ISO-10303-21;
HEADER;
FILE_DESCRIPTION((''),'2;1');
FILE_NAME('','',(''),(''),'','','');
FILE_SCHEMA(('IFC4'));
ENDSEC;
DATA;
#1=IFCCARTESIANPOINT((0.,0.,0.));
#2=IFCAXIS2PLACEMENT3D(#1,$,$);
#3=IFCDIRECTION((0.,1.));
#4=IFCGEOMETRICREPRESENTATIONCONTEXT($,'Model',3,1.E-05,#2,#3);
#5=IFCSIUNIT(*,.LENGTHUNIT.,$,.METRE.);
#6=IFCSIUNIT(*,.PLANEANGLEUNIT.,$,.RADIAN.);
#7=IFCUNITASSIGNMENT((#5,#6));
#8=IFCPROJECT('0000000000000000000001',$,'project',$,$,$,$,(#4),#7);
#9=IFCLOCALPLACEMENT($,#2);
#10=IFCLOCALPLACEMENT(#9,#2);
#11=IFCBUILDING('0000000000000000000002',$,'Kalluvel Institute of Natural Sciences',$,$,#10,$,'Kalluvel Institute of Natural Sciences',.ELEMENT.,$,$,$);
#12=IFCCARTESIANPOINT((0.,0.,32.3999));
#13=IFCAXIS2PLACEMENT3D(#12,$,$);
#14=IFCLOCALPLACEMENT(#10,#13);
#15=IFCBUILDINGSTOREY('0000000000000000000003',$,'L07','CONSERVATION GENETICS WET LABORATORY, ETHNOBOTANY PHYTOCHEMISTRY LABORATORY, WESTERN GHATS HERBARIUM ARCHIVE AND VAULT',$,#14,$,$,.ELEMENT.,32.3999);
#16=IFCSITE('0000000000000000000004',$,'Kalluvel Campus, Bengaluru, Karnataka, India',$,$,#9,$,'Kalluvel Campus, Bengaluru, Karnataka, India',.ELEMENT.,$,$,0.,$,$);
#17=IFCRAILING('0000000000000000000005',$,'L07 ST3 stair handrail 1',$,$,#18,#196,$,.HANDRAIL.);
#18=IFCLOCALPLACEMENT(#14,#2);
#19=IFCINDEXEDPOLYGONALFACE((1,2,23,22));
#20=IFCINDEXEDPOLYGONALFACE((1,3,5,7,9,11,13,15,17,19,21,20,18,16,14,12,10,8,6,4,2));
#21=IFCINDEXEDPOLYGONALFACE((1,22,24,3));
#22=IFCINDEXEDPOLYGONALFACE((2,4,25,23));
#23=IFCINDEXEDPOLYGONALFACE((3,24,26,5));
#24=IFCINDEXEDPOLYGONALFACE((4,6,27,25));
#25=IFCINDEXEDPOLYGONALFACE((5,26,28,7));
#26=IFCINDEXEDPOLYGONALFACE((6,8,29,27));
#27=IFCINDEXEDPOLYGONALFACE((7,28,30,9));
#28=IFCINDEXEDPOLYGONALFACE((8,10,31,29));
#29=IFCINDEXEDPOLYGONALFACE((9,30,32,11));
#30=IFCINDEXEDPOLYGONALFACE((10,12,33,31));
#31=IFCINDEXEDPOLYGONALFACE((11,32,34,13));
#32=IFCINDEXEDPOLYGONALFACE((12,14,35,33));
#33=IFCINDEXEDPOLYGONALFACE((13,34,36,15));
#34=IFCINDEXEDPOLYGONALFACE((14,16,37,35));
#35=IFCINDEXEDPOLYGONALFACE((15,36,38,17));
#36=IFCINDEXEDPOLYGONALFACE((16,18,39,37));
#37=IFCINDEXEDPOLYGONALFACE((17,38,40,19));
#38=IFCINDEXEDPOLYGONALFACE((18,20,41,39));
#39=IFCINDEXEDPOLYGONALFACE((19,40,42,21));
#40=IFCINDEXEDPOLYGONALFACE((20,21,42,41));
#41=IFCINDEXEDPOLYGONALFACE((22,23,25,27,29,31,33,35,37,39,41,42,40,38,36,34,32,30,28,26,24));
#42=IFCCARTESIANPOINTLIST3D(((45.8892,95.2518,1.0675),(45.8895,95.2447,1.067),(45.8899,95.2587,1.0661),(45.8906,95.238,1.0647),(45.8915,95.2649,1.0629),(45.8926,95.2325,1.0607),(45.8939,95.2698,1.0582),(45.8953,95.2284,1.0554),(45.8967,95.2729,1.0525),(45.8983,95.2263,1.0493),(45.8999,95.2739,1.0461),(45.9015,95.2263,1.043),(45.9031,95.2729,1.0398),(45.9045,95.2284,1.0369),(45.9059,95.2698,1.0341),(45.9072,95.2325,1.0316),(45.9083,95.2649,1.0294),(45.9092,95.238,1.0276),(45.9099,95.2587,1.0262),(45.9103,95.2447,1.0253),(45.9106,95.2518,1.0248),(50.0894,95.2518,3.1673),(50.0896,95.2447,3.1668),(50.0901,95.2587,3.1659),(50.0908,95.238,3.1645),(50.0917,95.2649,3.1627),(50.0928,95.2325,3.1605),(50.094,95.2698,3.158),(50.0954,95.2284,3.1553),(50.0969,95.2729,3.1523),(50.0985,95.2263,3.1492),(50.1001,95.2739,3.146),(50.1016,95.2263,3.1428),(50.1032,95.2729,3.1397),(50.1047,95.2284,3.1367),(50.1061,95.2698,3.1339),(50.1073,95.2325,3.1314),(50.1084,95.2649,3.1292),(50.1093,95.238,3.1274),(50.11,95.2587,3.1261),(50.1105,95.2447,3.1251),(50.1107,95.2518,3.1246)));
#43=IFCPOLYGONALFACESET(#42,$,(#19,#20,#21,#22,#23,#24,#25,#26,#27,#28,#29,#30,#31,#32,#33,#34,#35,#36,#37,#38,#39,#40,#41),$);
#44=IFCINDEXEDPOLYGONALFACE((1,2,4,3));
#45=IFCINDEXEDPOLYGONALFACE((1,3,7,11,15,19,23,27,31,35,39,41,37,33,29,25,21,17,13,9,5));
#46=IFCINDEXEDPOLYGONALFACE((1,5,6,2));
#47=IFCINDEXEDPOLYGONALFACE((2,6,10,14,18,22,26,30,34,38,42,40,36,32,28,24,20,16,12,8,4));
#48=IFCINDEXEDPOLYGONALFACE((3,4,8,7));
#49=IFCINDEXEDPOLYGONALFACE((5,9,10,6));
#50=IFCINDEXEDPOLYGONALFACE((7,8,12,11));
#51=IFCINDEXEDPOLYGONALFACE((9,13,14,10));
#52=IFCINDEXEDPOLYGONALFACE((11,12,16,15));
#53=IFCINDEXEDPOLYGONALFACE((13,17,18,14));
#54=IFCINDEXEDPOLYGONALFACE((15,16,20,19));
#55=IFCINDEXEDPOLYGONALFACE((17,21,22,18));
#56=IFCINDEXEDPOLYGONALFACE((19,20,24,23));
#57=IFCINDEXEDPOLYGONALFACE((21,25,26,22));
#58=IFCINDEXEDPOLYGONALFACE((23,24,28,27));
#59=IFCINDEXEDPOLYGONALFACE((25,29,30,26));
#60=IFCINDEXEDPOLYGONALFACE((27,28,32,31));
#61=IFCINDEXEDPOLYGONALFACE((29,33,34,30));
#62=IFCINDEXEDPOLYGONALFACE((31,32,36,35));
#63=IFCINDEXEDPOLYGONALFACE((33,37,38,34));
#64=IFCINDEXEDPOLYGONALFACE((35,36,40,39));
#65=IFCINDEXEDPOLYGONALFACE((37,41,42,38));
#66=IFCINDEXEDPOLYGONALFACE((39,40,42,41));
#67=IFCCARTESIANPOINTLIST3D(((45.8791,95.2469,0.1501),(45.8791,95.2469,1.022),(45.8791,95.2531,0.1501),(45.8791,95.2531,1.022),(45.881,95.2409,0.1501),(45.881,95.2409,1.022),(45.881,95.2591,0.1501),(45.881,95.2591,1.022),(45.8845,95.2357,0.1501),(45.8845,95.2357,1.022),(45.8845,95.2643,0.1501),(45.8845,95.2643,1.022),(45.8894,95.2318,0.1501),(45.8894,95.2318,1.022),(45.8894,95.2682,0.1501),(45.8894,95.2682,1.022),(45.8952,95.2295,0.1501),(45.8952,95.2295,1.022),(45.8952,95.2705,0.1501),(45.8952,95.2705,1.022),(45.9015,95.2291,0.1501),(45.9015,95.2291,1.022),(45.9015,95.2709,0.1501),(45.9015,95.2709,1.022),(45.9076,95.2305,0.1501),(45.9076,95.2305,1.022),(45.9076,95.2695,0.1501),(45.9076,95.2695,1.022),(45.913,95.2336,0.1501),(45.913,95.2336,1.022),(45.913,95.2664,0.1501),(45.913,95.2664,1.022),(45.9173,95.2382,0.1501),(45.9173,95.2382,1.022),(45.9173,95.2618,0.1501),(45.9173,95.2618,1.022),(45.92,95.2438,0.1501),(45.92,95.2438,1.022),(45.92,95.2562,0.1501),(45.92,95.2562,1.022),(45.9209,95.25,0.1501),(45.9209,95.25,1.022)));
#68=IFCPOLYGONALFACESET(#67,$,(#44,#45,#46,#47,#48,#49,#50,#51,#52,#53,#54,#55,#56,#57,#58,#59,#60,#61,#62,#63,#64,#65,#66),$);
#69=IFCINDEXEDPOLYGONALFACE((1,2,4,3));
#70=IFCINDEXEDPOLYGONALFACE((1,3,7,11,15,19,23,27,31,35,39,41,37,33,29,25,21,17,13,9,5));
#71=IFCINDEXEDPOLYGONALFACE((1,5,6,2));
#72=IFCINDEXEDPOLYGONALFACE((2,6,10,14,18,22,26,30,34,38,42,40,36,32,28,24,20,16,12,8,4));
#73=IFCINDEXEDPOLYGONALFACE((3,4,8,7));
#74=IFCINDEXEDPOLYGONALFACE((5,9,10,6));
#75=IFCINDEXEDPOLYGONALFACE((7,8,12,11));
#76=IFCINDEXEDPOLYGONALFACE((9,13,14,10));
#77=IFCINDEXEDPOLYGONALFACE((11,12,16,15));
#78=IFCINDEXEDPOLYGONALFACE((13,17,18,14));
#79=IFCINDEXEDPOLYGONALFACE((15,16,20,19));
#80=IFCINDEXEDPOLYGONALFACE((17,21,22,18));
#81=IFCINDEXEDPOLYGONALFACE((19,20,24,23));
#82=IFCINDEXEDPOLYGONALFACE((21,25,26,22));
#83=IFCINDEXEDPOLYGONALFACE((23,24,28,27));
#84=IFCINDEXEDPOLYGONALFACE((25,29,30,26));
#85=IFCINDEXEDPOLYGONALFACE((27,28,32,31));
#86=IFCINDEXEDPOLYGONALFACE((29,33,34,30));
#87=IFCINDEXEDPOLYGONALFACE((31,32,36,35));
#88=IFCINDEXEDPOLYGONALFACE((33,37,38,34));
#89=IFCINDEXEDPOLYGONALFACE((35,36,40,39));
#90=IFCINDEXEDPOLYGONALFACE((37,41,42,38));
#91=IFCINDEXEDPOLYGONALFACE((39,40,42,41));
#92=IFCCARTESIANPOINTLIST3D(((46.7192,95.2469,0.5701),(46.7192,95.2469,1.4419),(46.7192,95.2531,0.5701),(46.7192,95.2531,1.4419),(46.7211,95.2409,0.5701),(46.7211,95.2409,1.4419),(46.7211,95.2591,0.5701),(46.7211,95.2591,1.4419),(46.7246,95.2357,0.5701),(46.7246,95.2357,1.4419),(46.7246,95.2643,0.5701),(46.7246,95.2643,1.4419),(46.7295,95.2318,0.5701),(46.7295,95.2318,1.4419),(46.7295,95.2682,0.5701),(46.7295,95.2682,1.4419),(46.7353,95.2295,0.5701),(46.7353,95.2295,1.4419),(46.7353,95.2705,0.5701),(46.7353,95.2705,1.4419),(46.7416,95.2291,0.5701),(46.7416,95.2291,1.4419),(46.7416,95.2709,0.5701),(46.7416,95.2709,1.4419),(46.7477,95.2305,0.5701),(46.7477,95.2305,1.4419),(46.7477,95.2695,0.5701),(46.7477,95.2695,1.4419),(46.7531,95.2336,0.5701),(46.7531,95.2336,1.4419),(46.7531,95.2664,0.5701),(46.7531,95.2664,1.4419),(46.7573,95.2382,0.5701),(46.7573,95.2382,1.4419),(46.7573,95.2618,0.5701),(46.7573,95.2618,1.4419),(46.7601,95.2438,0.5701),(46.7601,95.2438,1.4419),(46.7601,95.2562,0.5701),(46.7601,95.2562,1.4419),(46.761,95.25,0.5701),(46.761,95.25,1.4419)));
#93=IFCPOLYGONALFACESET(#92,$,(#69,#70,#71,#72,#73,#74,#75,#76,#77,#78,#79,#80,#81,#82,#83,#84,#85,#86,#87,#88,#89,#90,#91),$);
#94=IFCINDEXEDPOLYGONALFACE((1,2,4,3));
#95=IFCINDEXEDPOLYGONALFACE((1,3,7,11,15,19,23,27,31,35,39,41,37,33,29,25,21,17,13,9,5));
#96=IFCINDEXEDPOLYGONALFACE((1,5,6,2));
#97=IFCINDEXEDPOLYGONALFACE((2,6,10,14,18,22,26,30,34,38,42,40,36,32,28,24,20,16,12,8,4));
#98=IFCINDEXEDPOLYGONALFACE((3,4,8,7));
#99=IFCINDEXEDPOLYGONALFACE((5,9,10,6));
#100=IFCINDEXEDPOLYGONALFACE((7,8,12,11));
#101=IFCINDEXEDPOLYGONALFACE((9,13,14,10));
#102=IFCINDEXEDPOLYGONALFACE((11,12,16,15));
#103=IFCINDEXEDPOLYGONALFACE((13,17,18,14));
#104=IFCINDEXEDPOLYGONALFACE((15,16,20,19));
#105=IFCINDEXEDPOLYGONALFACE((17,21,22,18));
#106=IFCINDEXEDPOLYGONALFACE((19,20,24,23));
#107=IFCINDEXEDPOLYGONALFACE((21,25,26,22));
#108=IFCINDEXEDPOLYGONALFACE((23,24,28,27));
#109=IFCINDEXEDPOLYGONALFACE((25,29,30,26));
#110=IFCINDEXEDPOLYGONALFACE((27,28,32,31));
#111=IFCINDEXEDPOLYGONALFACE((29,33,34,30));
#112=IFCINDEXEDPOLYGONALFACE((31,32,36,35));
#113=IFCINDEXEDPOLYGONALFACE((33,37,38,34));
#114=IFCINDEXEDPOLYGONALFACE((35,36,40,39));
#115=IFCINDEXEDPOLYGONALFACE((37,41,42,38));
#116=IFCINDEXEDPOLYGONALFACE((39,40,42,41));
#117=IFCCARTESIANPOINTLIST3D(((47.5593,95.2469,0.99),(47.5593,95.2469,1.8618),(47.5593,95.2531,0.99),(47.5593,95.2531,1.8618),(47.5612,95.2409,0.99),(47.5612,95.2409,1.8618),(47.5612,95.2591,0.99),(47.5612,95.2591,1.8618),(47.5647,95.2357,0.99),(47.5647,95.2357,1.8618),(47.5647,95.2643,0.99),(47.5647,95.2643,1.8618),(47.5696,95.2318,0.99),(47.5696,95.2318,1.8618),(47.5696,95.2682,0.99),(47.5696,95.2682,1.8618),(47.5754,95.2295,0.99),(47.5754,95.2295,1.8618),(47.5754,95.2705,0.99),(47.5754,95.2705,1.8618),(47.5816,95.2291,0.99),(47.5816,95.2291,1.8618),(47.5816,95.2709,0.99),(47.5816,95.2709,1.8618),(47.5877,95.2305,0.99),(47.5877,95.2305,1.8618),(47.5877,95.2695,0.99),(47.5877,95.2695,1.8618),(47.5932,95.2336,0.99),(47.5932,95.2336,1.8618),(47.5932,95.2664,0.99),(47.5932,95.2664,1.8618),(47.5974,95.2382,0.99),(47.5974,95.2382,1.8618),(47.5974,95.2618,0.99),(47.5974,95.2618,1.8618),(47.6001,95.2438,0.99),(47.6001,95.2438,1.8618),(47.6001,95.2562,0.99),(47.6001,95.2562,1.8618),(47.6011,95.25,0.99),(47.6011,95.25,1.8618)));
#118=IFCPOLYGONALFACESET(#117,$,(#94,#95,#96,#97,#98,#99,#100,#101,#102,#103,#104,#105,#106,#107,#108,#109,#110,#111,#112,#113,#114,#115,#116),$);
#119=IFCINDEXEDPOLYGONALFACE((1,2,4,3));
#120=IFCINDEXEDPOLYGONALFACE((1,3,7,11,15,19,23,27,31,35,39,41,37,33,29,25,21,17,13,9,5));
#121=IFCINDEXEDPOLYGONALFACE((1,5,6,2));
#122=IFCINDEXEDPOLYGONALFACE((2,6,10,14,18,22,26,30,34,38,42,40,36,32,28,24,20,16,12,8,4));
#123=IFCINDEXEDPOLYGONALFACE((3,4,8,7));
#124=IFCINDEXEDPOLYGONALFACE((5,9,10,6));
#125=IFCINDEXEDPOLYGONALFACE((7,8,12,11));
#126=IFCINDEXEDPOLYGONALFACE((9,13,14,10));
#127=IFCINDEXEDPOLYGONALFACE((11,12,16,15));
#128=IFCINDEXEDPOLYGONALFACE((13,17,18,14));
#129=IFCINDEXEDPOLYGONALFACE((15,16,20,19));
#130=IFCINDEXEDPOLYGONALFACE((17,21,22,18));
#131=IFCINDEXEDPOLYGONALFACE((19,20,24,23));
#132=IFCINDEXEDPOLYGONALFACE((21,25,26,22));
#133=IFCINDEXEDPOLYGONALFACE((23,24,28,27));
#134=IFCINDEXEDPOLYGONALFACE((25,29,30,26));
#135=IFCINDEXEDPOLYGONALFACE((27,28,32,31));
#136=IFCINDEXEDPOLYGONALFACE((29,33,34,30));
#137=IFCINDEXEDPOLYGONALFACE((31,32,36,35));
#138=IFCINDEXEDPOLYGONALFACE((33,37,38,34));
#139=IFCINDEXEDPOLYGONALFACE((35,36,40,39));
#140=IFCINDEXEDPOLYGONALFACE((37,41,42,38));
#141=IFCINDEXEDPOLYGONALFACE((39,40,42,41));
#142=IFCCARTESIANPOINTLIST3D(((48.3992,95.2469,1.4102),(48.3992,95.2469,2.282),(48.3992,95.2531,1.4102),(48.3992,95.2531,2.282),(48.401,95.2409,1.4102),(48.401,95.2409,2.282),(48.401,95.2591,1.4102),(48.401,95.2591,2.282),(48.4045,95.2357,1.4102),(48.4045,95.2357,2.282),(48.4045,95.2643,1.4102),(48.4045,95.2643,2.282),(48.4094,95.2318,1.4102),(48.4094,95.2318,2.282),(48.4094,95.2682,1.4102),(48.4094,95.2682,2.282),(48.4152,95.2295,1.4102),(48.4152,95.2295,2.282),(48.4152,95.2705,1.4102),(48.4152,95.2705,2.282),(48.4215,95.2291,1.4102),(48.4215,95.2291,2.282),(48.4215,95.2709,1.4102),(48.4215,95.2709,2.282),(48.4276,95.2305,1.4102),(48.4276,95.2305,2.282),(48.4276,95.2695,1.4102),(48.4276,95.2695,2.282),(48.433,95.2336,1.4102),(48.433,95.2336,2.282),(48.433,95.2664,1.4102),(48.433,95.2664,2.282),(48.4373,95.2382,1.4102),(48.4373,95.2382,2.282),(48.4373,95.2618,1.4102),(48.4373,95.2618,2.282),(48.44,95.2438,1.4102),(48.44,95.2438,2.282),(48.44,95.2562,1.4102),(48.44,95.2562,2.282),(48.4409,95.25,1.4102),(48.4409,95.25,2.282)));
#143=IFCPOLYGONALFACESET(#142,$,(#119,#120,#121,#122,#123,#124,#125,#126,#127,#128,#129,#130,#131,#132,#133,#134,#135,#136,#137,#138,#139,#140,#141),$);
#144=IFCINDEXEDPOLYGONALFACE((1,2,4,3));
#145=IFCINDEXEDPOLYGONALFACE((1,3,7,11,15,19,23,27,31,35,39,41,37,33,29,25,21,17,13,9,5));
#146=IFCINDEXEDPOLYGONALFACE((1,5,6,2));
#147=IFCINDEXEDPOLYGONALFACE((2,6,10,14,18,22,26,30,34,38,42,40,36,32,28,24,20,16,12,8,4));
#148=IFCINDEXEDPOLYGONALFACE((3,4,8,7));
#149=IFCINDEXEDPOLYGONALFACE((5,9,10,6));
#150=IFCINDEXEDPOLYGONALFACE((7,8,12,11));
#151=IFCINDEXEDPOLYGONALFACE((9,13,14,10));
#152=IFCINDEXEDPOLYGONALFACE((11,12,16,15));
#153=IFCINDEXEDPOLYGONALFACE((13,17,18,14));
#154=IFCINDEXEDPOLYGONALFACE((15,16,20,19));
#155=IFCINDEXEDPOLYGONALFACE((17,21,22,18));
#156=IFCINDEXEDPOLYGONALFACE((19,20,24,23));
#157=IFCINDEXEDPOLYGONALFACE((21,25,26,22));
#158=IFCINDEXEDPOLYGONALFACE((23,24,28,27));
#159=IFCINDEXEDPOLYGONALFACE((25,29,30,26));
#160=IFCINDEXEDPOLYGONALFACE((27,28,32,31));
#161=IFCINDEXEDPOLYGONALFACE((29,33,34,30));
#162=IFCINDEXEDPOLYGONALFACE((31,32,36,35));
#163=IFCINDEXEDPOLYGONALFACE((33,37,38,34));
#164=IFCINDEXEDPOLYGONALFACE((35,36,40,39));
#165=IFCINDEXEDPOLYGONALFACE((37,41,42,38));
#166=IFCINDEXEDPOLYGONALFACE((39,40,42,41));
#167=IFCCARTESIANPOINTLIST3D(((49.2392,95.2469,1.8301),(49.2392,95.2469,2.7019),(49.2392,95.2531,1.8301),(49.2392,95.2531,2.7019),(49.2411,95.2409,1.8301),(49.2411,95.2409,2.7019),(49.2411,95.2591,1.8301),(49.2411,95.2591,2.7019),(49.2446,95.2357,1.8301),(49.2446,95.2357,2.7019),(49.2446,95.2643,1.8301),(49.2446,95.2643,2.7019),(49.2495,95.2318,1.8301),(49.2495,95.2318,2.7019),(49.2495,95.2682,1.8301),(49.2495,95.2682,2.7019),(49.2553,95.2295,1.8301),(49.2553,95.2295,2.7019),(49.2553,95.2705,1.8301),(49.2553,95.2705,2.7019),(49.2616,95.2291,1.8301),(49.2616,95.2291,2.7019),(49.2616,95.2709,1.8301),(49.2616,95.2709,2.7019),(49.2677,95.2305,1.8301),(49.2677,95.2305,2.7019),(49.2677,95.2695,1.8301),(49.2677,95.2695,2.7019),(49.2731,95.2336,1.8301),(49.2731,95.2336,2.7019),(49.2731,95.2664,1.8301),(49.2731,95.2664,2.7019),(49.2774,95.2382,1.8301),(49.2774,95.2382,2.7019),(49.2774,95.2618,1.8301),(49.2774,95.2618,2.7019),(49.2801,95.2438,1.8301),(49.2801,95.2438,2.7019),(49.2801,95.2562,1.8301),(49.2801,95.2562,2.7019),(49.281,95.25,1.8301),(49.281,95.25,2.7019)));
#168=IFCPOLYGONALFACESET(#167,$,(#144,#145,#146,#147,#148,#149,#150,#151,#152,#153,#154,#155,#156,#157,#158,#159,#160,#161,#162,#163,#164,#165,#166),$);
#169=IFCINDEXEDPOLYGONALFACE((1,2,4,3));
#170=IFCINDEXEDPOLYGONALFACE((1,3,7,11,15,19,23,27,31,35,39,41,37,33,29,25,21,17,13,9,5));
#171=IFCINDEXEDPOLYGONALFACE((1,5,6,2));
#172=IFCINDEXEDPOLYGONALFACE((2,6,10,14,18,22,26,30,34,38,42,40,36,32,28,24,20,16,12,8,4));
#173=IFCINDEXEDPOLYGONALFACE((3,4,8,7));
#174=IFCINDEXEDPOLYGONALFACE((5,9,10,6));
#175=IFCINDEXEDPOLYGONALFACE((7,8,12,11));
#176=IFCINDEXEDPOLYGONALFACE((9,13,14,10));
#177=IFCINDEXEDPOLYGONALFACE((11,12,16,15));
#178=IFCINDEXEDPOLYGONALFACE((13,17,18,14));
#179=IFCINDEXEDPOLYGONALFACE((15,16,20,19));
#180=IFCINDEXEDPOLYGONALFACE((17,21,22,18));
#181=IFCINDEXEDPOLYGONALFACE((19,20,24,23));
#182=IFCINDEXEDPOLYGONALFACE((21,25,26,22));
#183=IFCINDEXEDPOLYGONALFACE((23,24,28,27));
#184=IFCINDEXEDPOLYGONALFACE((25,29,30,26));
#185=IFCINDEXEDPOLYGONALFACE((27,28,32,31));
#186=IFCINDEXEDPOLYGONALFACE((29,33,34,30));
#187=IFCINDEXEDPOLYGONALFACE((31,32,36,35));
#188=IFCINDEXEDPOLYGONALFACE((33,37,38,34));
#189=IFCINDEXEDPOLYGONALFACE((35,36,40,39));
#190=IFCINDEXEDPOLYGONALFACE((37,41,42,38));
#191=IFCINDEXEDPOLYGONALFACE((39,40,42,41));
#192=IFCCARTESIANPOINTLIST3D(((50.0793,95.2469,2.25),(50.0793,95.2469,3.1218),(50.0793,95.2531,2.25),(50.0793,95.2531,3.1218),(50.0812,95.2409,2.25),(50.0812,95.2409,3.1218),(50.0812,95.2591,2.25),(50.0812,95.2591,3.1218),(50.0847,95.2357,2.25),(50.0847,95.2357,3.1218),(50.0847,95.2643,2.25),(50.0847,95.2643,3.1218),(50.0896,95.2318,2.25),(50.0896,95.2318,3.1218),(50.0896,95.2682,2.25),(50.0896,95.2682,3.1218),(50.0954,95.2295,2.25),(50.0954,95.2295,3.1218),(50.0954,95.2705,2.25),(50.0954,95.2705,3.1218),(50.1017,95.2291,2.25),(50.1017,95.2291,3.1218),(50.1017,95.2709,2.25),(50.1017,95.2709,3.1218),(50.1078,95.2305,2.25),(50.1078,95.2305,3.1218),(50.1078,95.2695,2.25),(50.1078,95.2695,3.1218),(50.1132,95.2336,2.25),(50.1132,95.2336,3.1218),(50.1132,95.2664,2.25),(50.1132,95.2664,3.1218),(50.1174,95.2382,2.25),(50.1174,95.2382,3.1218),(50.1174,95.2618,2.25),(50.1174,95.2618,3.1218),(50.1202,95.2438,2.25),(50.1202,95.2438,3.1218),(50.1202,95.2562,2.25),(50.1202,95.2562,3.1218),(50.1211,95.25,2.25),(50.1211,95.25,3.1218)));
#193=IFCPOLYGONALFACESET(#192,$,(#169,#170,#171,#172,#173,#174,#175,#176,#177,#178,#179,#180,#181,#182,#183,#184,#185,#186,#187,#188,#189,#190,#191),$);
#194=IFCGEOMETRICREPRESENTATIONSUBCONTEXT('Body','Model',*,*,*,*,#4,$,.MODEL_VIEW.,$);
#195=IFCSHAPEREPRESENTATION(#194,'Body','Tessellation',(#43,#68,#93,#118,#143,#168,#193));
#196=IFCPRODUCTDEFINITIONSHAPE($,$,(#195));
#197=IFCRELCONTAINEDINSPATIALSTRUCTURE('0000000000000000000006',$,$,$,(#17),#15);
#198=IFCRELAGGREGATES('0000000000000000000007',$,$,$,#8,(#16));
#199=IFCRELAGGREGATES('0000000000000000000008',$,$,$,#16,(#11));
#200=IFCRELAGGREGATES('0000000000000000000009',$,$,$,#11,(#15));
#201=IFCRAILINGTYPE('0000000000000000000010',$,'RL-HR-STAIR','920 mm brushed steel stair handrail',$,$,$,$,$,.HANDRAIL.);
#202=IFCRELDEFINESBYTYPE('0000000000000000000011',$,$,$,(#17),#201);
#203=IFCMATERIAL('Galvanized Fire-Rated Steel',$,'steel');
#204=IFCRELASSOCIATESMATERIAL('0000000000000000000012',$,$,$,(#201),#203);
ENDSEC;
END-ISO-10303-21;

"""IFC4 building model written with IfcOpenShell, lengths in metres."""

from ifc_helpers import new_model, si_unit, direction, frame, origin, origin_2d, place, context, subcontext, project, spatial, circle, extrude, material, type_object, element, save


model = new_model("IFC4")

# Units and contexts
model_context = context("Model", 3, precision=1e-05, world=origin(), true_north=direction((0.0, 1.0)))
body_context = subcontext(model_context, "Body", "Model", "MODEL_VIEW")
ifc_project = project(units=[si_unit("LENGTHUNIT", "METRE"), si_unit("PLANEANGLEUNIT", "RADIAN")], contexts=[model_context])

# Site, building, storey
site_placement = place(None, origin())
site = spatial("IfcSite", under=ifc_project, at=site_placement, Name="Kalluvel Campus, Bengaluru, Karnataka, India", LongName="Kalluvel Campus, Bengaluru, Karnataka, India", CompositionType="ELEMENT", RefElevation=0.0)
building_placement = place(site_placement, origin())
building = spatial("IfcBuilding", under=site, at=building_placement, Name="Kalluvel Institute of Natural Sciences", LongName="Kalluvel Institute of Natural Sciences", CompositionType="ELEMENT")
storey_placement = place(building_placement, frame((0.0, 0.0, 32.3999)))
storey = spatial("IfcBuildingStorey", under=building, at=storey_placement, Name="L07", Description="CONSERVATION GENETICS WET LABORATORY, ETHNOBOTANY PHYTOCHEMISTRY LABORATORY, WESTERN GHATS HERBARIUM ARCHIVE AND VAULT", CompositionType="ELEMENT", Elevation=32.3999)

# Railing
ifc_material_1 = material(Name="Galvanized Fire-Rated Steel", Category="steel")
railing_type = type_object("IfcRailingType", Name="RL-HR-STAIR", Description="920 mm brushed steel stair handrail", PredefinedType="HANDRAIL", material=ifc_material_1)
railing_placement = place(storey_placement, frame((45.8999, 95.25, 0.1501)))
element("IfcRailing", 1, at=railing_placement, inside=storey, type_object=railing_type, Name="L07 ST3 stair handrail 1", PredefinedType="HANDRAIL", context=body_context, shape_type="SweptSolid", body=[
    extrude(circle(Radius=0.0239, at=origin_2d()), frame((0.0, 0.0, 0.896), z_axis=(0.894448, 0.0, 0.447172), x_axis=(0.0, 1.0, 0.0)), (0.0, 0.0, 1.0), 4.6958),
    extrude(circle(Radius=0.021, at=origin_2d()), origin(), (0.0, 0.0, 1.0), 0.8718),
    extrude(circle(Radius=0.021, at=origin_2d()), frame((0.8401, 0.0, 0.4199)), (0.0, 0.0, 1.0), 0.8718),
    extrude(circle(Radius=0.021, at=origin_2d()), frame((1.6802, 0.0, 0.8398)), (0.0, 0.0, 1.0), 0.8718),
    extrude(circle(Radius=0.021, at=origin_2d()), frame((2.52, 0.0, 1.26)), (0.0, 0.0, 1.0), 0.8718),
    extrude(circle(Radius=0.021, at=origin_2d()), frame((3.3601, 0.0, 1.6799)), (0.0, 0.0, 1.0), 0.8718),
    extrude(circle(Radius=0.021, at=origin_2d()), frame((4.2002, 0.0, 2.0999)), (0.0, 0.0, 1.0), 0.8718),
])

save(model, "model.ifc")
